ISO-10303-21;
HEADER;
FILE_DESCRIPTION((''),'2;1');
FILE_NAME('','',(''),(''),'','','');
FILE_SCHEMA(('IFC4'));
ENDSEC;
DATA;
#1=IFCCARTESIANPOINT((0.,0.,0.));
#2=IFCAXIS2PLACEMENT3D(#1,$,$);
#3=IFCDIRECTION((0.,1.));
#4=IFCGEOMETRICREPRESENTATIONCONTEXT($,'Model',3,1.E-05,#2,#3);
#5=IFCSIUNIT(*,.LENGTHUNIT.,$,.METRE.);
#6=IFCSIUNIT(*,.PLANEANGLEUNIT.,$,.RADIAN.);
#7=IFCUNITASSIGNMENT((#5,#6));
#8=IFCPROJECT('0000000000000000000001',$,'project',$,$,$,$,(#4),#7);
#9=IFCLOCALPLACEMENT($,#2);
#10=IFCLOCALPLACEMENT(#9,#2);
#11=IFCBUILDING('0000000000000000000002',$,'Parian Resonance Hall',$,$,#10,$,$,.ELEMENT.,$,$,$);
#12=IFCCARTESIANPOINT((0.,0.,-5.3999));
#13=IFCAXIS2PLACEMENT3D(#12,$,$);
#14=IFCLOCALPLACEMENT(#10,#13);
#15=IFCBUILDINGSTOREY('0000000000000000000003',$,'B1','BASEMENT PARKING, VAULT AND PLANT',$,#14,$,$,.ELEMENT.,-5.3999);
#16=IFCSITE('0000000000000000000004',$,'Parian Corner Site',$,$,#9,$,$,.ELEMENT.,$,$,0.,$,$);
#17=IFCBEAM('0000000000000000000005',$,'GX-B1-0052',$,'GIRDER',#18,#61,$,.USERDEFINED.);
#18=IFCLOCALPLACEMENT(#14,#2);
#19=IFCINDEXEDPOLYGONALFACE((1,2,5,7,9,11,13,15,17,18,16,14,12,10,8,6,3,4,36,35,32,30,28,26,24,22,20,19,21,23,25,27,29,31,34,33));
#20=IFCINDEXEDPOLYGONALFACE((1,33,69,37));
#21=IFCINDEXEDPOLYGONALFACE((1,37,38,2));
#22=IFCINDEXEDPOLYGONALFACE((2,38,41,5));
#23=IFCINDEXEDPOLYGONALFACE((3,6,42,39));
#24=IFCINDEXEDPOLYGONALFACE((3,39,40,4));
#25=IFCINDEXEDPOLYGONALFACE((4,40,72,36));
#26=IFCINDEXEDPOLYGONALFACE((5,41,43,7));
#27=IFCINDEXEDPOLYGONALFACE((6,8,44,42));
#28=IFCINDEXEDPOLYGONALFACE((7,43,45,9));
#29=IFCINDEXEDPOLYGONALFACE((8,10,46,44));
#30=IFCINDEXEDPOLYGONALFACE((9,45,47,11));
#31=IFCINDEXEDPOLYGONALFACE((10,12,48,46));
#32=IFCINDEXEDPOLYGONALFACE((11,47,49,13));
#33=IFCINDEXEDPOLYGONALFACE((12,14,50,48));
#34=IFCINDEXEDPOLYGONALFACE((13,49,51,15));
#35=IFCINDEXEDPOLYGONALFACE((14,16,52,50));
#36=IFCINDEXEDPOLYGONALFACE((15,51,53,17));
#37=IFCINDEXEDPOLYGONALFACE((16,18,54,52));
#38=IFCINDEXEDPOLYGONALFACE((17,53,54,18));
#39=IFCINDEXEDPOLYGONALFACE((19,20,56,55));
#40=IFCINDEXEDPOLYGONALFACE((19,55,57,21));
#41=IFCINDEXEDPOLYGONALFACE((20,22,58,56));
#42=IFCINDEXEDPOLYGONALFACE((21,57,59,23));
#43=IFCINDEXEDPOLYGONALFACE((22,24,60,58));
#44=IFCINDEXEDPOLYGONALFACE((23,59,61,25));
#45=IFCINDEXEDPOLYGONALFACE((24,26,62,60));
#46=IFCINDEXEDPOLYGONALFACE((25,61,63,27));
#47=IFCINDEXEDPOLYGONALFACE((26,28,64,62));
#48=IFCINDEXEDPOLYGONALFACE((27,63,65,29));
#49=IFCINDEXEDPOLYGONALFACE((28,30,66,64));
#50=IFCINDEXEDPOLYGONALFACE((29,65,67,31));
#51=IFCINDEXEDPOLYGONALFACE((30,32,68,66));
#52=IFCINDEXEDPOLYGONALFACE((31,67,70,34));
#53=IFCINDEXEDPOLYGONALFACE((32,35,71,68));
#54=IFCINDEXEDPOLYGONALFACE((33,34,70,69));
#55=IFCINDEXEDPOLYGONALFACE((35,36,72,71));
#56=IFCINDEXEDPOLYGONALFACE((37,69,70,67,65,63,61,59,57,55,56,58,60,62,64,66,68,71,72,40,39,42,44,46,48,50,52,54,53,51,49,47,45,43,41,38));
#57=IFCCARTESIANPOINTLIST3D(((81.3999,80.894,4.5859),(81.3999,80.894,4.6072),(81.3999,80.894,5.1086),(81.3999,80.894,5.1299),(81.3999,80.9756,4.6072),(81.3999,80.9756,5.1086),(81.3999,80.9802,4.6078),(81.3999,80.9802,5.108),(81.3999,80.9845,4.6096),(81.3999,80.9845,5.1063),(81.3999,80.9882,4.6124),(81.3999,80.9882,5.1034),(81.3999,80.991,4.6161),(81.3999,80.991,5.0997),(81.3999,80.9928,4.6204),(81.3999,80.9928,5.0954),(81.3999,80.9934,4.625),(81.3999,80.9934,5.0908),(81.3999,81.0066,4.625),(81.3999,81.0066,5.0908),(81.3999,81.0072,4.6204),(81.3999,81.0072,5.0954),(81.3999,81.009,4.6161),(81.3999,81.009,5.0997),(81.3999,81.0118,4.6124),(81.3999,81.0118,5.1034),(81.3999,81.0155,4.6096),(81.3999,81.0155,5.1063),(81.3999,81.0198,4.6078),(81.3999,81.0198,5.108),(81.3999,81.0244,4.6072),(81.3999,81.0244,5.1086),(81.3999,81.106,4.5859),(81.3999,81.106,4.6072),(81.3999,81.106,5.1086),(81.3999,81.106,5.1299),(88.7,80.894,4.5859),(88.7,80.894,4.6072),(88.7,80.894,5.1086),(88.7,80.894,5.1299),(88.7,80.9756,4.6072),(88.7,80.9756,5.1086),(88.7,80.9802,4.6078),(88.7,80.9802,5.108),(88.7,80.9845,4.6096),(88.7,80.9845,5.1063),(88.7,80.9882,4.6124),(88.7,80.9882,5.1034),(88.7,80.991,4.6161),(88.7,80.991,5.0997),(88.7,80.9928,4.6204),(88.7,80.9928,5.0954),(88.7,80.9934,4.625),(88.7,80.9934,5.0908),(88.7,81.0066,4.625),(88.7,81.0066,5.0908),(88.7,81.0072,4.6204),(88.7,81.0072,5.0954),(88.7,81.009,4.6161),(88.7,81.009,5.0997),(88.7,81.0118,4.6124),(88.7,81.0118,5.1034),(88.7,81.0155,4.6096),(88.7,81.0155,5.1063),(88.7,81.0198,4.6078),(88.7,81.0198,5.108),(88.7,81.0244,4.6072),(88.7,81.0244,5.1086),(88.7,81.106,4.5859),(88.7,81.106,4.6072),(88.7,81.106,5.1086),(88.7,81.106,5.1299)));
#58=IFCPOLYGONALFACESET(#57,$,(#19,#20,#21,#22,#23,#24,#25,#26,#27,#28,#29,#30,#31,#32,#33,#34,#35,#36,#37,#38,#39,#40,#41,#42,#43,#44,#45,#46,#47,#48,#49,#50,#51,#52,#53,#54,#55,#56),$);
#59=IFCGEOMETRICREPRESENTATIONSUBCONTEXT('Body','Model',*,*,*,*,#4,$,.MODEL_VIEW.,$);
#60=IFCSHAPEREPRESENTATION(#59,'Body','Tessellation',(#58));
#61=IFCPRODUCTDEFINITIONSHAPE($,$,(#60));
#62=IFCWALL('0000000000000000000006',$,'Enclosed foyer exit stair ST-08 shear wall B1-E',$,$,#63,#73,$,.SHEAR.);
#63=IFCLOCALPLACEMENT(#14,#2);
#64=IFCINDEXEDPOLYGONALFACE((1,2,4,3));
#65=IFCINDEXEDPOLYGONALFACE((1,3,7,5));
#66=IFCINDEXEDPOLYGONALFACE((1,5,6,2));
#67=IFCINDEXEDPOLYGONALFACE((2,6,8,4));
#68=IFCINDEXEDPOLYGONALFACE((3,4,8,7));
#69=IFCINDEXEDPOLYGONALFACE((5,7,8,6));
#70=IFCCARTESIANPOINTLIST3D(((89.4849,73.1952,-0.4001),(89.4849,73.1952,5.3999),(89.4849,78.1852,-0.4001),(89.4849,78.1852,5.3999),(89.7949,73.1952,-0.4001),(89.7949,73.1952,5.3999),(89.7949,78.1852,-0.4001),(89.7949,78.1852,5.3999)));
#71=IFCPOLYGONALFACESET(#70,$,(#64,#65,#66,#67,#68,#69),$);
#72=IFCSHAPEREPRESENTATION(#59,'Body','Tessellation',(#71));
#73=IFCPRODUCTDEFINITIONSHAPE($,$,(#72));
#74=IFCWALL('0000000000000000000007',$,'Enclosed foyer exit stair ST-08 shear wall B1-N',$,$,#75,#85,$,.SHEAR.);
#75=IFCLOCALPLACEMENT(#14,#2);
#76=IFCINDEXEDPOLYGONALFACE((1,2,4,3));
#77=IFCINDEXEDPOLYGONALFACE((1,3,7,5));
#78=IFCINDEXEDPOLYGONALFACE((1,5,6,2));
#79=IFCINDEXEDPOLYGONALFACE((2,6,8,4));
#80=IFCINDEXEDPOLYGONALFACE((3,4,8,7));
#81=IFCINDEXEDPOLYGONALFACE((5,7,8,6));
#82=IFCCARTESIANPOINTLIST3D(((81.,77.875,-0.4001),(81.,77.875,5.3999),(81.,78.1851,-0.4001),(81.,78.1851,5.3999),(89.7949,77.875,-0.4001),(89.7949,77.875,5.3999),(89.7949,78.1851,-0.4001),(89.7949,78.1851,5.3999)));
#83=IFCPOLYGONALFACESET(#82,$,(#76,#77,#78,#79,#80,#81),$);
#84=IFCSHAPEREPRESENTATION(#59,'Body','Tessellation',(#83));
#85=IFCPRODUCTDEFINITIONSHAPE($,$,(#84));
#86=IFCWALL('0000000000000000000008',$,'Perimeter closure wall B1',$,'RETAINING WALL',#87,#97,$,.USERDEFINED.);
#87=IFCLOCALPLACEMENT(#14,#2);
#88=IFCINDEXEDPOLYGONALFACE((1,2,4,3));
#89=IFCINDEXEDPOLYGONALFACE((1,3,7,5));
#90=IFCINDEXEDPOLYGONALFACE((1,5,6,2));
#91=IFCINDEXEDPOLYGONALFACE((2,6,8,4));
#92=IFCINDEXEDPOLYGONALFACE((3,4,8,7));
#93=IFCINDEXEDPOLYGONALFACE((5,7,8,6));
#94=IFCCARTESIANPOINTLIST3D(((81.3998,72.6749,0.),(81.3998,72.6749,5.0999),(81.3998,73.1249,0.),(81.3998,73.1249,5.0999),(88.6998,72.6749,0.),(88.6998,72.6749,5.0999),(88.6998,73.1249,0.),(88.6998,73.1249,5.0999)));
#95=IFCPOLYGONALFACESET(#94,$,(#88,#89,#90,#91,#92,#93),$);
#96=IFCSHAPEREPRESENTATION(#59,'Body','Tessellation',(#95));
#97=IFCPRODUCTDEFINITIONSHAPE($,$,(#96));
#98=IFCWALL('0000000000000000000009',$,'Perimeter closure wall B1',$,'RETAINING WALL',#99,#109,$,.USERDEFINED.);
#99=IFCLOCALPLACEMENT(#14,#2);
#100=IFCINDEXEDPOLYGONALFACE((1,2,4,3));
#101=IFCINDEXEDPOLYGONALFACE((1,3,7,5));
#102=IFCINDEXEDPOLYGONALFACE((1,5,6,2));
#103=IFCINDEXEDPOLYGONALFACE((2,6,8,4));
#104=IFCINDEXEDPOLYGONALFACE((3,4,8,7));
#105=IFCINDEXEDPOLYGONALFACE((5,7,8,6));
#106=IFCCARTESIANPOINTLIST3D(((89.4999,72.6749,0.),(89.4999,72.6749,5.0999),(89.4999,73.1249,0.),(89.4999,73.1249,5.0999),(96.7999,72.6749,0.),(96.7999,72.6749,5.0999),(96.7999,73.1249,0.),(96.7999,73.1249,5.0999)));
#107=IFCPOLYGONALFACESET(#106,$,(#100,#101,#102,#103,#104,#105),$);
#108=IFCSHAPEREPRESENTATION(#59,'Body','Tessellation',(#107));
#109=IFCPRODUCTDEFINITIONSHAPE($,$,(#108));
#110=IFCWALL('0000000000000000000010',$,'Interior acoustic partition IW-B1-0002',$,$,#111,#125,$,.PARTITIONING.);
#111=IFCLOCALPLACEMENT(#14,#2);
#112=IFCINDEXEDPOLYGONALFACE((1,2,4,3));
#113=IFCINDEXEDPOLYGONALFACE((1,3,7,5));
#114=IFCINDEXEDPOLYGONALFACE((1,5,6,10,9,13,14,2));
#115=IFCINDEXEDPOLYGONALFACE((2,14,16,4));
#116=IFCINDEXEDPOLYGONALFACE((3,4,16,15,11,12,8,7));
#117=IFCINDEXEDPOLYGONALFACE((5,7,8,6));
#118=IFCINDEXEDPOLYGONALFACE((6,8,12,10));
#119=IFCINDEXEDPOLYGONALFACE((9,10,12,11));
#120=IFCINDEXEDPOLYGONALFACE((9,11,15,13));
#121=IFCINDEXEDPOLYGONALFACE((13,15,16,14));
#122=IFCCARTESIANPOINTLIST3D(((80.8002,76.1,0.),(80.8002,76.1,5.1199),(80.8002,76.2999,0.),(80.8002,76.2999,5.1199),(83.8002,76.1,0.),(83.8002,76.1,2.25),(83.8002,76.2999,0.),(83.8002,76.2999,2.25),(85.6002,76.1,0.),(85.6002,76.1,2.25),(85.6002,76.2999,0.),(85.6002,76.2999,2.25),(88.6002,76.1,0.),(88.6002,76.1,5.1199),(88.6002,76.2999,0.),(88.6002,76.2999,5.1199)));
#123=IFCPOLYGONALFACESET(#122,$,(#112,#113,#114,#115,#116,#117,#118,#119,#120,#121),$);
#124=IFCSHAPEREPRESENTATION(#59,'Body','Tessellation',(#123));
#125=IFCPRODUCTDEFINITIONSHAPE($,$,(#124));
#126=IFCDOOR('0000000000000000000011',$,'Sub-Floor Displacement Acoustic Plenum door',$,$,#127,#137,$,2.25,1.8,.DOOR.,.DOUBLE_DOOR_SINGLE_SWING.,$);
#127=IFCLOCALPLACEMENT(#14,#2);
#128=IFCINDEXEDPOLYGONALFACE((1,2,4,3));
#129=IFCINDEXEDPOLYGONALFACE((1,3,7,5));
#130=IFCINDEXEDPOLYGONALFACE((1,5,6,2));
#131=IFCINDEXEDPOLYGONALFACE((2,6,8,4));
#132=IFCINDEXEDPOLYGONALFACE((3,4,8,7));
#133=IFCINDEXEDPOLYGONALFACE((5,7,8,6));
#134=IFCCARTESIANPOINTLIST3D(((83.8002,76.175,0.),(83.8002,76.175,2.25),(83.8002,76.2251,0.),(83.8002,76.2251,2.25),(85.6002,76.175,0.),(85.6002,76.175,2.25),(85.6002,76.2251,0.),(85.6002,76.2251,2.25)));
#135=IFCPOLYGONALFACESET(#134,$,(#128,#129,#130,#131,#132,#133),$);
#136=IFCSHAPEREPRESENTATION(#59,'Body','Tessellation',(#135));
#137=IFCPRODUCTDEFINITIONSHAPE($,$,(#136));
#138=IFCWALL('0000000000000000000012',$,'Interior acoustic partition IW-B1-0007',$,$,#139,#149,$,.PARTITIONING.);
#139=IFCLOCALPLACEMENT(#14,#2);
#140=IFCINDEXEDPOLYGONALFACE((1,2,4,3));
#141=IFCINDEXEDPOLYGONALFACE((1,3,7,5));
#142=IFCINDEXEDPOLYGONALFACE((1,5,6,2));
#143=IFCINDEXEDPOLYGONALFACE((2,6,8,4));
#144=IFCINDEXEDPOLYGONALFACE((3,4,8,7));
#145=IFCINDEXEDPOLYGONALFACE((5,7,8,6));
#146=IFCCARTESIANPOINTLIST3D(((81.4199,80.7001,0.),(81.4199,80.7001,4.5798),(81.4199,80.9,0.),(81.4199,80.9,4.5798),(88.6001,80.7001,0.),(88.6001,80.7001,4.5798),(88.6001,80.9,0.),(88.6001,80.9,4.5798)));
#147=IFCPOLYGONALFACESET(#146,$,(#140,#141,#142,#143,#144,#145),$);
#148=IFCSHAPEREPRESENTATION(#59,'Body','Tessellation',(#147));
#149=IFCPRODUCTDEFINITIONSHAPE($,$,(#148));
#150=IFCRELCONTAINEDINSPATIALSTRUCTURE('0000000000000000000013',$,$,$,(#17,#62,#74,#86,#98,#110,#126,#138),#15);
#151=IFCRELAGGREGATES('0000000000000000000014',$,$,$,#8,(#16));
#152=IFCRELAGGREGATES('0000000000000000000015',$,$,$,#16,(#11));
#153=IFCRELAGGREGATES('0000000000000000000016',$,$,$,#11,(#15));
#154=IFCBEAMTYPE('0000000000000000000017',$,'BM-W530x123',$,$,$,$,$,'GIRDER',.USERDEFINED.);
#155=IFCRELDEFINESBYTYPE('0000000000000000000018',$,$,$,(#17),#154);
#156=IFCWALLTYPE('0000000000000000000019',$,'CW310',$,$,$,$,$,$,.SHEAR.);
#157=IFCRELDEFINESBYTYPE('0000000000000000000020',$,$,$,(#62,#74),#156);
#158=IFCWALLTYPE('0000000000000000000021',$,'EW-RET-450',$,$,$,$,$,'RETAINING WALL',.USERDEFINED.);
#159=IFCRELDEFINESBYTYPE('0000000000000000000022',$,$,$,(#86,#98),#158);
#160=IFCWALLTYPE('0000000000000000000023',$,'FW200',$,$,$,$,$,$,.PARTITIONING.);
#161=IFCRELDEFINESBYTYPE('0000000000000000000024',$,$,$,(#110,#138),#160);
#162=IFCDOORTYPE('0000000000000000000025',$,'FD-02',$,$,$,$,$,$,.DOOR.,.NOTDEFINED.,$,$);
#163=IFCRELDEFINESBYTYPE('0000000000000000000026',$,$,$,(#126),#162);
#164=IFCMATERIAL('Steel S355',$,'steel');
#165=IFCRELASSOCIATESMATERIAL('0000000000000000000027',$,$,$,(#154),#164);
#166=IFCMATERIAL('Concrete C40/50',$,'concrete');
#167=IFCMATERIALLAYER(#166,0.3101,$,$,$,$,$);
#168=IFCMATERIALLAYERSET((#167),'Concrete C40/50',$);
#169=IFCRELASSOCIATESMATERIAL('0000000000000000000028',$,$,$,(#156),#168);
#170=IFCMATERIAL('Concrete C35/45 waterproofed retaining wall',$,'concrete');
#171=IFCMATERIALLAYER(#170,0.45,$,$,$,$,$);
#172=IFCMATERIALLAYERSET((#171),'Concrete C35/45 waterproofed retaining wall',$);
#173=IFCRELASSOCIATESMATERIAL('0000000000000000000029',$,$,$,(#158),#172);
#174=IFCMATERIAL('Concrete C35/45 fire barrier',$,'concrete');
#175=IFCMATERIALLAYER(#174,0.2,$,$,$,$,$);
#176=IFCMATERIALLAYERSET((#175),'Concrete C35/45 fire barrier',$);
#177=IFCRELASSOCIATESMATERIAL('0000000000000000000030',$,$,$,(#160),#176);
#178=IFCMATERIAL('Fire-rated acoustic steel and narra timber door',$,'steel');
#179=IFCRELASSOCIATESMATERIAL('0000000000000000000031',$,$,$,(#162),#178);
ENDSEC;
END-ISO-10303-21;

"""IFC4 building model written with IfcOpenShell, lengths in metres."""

from ifc_helpers import new_model, si_unit, direction, frame, frame_2d, origin, origin_2d, place, context, subcontext, project, spatial, rectangle, i_section, extrude, material, layer, layer_set, material_profile, profile_set, type_object, element, fill, save


model = new_model("IFC4")

# Units and contexts
model_context = context("Model", 3, precision=1e-05, world=origin(), true_north=direction((0.0, 1.0)))
body_context = subcontext(model_context, "Body", "Model", "MODEL_VIEW")
ifc_project = project(units=[si_unit("LENGTHUNIT", "METRE"), si_unit("PLANEANGLEUNIT", "RADIAN")], contexts=[model_context])

# Site, building, storey
site_placement = place(None, origin())
site = spatial("IfcSite", under=ifc_project, at=site_placement, Name="Parian Corner Site", CompositionType="ELEMENT", RefElevation=0.0)
building_placement = place(site_placement, origin())
building = spatial("IfcBuilding", under=site, at=building_placement, Name="Parian Resonance Hall", CompositionType="ELEMENT")
storey_placement = place(building_placement, frame((0.0, 0.0, -5.3999)))
storey = spatial("IfcBuildingStorey", under=building, at=storey_placement, Name="B1", Description="BASEMENT PARKING, VAULT AND PLANT", CompositionType="ELEMENT", Elevation=-5.3999)

# Beam
ifc_material_1 = material(Name="Steel S355", Category="steel")
ifc_material_profile_1 = material_profile(ifc_material_1, i_section(OverallWidth=0.2119, OverallDepth=0.5439, WebThickness=0.0132, FlangeThickness=0.0212, FilletRadius=0.0178, at=origin_2d()), Name="W530x123")
ifc_profile_set_1 = profile_set([ifc_material_profile_1], Name="Steel S355")
beam_type_1 = type_object("IfcBeamType", Name="BM-W530x123", ElementType="GIRDER", PredefinedType="USERDEFINED", material=ifc_profile_set_1)
beam_placement = place(storey_placement, frame((81.3999, 81.0, 4.8579), z_axis=(1.0, 0.0, 0.0), x_axis=(0.0, 1.0, 0.0)))
element("IfcBeam", 1, at=beam_placement, inside=storey, type_object=beam_type_1, Name="GX-B1-0052", ObjectType="GIRDER", PredefinedType="USERDEFINED", context=body_context, shape_type="SweptSolid", body=[
    extrude(i_section(OverallWidth=0.2119, OverallDepth=0.5439, WebThickness=0.0132, FlangeThickness=0.0212, FilletRadius=0.0178, at=origin_2d()), origin(), (0.0, 0.0, 1.0), 7.3),
])

# Walls
ifc_material_2 = material(Name="Concrete C40/50", Category="concrete")
ifc_layer_1 = layer(ifc_material_2, 0.3101)
ifc_layer_set_1 = layer_set([ifc_layer_1], Name="Concrete C40/50")
wall_type_1 = type_object("IfcWallType", Name="CW310", PredefinedType="SHEAR", material=ifc_layer_set_1)
wall_1_placement = place(storey_placement, frame((89.6399, 73.1951, -0.4001), z_axis=(0.0, 0.0, 1.0), x_axis=(0.0, 1.0, 0.0)))
element("IfcWall", 2, at=wall_1_placement, inside=storey, type_object=wall_type_1, Name="Enclosed foyer exit stair ST-08 shear wall B1-E", PredefinedType="SHEAR", context=body_context, shape_type="SweptSolid", body=[
    extrude(rectangle(XDim=4.99, YDim=0.3101, at=frame_2d((2.4951, 0.0))), origin(), (0.0, 0.0, 1.0), 5.8),
])
wall_2_placement = place(storey_placement, frame((89.7949, 78.03, -0.4001), z_axis=(0.0, 0.0, 1.0), x_axis=(-1.0, 0.0, 0.0)))
element("IfcWall", 3, at=wall_2_placement, inside=storey, type_object=wall_type_1, Name="Enclosed foyer exit stair ST-08 shear wall B1-N", PredefinedType="SHEAR", context=body_context, shape_type="SweptSolid", body=[
    extrude(rectangle(XDim=8.7949, YDim=0.3101, at=frame_2d((4.3975, 0.0))), origin(), (0.0, 0.0, 1.0), 5.8),
])
ifc_material_3 = material(Name="Concrete C35/45 waterproofed retaining wall", Category="concrete")
ifc_layer_2 = layer(ifc_material_3, 0.45)
ifc_layer_set_2 = layer_set([ifc_layer_2], Name="Concrete C35/45 waterproofed retaining wall")
wall_type_2 = type_object("IfcWallType", Name="EW-RET-450", ElementType="RETAINING WALL", PredefinedType="USERDEFINED", material=ifc_layer_set_2)
for number, where, z_axis, x_axis, name in (
    (4, (81.3999, 72.8999, 0.0), (0.0, 0.0, 1.0), (1.0, 0.0, 0.0), "Perimeter closure wall B1"),
    (5, (89.5, 72.8999, 0.0), (0.0, 0.0, 1.0), (1.0, 0.0, 0.0), "Perimeter closure wall B1"),
):
    element("IfcWall", number, at=place(storey_placement, frame(where, z_axis=z_axis, x_axis=x_axis)), inside=storey, type_object=wall_type_2, Name=name, ObjectType="RETAINING WALL", PredefinedType="USERDEFINED", context=body_context, shape_type="SweptSolid", body=[
        extrude(rectangle(XDim=7.3, YDim=0.45, at=frame_2d((3.6499, 0.0))), origin(), (0.0, 0.0, 1.0), 5.0999),
    ])

# Wall, opening, door
ifc_material_4 = material(Name="Concrete C35/45 fire barrier", Category="concrete")
ifc_layer_3 = layer(ifc_material_4, 0.2)
ifc_layer_set_3 = layer_set([ifc_layer_3], Name="Concrete C35/45 fire barrier")
wall_type_3 = type_object("IfcWallType", Name="FW200", PredefinedType="PARTITIONING", material=ifc_layer_set_3)
wall_3_placement = place(storey_placement, frame((88.6001, 76.2, 0.0), z_axis=(0.0, 0.0, 1.0), x_axis=(-1.0, 0.0, 0.0)))
wall_3 = element("IfcWall", 6, at=wall_3_placement, inside=storey, type_object=wall_type_3, Name="Interior acoustic partition IW-B1-0002", PredefinedType="PARTITIONING", context=body_context, shape_type="SweptSolid", body=[
    extrude(rectangle(XDim=7.8, YDim=0.2, at=frame_2d((3.8999, 0.0))), origin(), (0.0, 0.0, 1.0), 5.1199),
])
opening_placement = place(wall_3_placement, frame((3.0, 0.0, 0.0)))
opening = element("IfcOpeningElement", 7, at=opening_placement, cuts=wall_3, PredefinedType="OPENING", context=body_context, shape_type="SweptSolid", body=[
    extrude(rectangle(XDim=1.8, YDim=2.25, at=frame_2d((0.8999, 1.125))), frame((0.0, 0.1099, 0.0), z_axis=(0.0, -1.0, 0.0), x_axis=(1.0, 0.0, 0.0)), (0.0, 0.0, 1.0), 0.22),
])
ifc_material_5 = material(Name="Fire-rated acoustic steel and narra timber door", Category="steel")
door_type = type_object("IfcDoorType", Name="FD-02", OperationType="NOTDEFINED", PredefinedType="DOOR", material=ifc_material_5)
door_placement = place(opening_placement, origin())
door = element("IfcDoor", 8, at=door_placement, inside=storey, type_object=door_type, Name="Sub-Floor Displacement Acoustic Plenum door", OperationType="DOUBLE_DOOR_SINGLE_SWING", OverallHeight=2.25, OverallWidth=1.8, PredefinedType="DOOR", context=body_context, shape_type="SweptSolid", body=[
    extrude(rectangle(XDim=1.8, YDim=2.25, at=frame_2d((0.8999, 1.125))), frame((0.0, 0.0249, 0.0), z_axis=(0.0, -1.0, 0.0), x_axis=(1.0, 0.0, 0.0)), (0.0, 0.0, 1.0), 0.05),
])
fill(opening, door)

# Wall
wall_4_placement = place(storey_placement, frame((81.4199, 80.8, 0.0), z_axis=(0.0, 0.0, 1.0), x_axis=(1.0, 0.0, 0.0)))
element("IfcWall", 9, at=wall_4_placement, inside=storey, type_object=wall_type_3, Name="Interior acoustic partition IW-B1-0007", PredefinedType="PARTITIONING", context=body_context, shape_type="SweptSolid", body=[
    extrude(rectangle(XDim=7.1802, YDim=0.2, at=frame_2d((3.5901, 0.0))), origin(), (0.0, 0.0, 1.0), 4.5798),
])

save(model, "model.ifc")
